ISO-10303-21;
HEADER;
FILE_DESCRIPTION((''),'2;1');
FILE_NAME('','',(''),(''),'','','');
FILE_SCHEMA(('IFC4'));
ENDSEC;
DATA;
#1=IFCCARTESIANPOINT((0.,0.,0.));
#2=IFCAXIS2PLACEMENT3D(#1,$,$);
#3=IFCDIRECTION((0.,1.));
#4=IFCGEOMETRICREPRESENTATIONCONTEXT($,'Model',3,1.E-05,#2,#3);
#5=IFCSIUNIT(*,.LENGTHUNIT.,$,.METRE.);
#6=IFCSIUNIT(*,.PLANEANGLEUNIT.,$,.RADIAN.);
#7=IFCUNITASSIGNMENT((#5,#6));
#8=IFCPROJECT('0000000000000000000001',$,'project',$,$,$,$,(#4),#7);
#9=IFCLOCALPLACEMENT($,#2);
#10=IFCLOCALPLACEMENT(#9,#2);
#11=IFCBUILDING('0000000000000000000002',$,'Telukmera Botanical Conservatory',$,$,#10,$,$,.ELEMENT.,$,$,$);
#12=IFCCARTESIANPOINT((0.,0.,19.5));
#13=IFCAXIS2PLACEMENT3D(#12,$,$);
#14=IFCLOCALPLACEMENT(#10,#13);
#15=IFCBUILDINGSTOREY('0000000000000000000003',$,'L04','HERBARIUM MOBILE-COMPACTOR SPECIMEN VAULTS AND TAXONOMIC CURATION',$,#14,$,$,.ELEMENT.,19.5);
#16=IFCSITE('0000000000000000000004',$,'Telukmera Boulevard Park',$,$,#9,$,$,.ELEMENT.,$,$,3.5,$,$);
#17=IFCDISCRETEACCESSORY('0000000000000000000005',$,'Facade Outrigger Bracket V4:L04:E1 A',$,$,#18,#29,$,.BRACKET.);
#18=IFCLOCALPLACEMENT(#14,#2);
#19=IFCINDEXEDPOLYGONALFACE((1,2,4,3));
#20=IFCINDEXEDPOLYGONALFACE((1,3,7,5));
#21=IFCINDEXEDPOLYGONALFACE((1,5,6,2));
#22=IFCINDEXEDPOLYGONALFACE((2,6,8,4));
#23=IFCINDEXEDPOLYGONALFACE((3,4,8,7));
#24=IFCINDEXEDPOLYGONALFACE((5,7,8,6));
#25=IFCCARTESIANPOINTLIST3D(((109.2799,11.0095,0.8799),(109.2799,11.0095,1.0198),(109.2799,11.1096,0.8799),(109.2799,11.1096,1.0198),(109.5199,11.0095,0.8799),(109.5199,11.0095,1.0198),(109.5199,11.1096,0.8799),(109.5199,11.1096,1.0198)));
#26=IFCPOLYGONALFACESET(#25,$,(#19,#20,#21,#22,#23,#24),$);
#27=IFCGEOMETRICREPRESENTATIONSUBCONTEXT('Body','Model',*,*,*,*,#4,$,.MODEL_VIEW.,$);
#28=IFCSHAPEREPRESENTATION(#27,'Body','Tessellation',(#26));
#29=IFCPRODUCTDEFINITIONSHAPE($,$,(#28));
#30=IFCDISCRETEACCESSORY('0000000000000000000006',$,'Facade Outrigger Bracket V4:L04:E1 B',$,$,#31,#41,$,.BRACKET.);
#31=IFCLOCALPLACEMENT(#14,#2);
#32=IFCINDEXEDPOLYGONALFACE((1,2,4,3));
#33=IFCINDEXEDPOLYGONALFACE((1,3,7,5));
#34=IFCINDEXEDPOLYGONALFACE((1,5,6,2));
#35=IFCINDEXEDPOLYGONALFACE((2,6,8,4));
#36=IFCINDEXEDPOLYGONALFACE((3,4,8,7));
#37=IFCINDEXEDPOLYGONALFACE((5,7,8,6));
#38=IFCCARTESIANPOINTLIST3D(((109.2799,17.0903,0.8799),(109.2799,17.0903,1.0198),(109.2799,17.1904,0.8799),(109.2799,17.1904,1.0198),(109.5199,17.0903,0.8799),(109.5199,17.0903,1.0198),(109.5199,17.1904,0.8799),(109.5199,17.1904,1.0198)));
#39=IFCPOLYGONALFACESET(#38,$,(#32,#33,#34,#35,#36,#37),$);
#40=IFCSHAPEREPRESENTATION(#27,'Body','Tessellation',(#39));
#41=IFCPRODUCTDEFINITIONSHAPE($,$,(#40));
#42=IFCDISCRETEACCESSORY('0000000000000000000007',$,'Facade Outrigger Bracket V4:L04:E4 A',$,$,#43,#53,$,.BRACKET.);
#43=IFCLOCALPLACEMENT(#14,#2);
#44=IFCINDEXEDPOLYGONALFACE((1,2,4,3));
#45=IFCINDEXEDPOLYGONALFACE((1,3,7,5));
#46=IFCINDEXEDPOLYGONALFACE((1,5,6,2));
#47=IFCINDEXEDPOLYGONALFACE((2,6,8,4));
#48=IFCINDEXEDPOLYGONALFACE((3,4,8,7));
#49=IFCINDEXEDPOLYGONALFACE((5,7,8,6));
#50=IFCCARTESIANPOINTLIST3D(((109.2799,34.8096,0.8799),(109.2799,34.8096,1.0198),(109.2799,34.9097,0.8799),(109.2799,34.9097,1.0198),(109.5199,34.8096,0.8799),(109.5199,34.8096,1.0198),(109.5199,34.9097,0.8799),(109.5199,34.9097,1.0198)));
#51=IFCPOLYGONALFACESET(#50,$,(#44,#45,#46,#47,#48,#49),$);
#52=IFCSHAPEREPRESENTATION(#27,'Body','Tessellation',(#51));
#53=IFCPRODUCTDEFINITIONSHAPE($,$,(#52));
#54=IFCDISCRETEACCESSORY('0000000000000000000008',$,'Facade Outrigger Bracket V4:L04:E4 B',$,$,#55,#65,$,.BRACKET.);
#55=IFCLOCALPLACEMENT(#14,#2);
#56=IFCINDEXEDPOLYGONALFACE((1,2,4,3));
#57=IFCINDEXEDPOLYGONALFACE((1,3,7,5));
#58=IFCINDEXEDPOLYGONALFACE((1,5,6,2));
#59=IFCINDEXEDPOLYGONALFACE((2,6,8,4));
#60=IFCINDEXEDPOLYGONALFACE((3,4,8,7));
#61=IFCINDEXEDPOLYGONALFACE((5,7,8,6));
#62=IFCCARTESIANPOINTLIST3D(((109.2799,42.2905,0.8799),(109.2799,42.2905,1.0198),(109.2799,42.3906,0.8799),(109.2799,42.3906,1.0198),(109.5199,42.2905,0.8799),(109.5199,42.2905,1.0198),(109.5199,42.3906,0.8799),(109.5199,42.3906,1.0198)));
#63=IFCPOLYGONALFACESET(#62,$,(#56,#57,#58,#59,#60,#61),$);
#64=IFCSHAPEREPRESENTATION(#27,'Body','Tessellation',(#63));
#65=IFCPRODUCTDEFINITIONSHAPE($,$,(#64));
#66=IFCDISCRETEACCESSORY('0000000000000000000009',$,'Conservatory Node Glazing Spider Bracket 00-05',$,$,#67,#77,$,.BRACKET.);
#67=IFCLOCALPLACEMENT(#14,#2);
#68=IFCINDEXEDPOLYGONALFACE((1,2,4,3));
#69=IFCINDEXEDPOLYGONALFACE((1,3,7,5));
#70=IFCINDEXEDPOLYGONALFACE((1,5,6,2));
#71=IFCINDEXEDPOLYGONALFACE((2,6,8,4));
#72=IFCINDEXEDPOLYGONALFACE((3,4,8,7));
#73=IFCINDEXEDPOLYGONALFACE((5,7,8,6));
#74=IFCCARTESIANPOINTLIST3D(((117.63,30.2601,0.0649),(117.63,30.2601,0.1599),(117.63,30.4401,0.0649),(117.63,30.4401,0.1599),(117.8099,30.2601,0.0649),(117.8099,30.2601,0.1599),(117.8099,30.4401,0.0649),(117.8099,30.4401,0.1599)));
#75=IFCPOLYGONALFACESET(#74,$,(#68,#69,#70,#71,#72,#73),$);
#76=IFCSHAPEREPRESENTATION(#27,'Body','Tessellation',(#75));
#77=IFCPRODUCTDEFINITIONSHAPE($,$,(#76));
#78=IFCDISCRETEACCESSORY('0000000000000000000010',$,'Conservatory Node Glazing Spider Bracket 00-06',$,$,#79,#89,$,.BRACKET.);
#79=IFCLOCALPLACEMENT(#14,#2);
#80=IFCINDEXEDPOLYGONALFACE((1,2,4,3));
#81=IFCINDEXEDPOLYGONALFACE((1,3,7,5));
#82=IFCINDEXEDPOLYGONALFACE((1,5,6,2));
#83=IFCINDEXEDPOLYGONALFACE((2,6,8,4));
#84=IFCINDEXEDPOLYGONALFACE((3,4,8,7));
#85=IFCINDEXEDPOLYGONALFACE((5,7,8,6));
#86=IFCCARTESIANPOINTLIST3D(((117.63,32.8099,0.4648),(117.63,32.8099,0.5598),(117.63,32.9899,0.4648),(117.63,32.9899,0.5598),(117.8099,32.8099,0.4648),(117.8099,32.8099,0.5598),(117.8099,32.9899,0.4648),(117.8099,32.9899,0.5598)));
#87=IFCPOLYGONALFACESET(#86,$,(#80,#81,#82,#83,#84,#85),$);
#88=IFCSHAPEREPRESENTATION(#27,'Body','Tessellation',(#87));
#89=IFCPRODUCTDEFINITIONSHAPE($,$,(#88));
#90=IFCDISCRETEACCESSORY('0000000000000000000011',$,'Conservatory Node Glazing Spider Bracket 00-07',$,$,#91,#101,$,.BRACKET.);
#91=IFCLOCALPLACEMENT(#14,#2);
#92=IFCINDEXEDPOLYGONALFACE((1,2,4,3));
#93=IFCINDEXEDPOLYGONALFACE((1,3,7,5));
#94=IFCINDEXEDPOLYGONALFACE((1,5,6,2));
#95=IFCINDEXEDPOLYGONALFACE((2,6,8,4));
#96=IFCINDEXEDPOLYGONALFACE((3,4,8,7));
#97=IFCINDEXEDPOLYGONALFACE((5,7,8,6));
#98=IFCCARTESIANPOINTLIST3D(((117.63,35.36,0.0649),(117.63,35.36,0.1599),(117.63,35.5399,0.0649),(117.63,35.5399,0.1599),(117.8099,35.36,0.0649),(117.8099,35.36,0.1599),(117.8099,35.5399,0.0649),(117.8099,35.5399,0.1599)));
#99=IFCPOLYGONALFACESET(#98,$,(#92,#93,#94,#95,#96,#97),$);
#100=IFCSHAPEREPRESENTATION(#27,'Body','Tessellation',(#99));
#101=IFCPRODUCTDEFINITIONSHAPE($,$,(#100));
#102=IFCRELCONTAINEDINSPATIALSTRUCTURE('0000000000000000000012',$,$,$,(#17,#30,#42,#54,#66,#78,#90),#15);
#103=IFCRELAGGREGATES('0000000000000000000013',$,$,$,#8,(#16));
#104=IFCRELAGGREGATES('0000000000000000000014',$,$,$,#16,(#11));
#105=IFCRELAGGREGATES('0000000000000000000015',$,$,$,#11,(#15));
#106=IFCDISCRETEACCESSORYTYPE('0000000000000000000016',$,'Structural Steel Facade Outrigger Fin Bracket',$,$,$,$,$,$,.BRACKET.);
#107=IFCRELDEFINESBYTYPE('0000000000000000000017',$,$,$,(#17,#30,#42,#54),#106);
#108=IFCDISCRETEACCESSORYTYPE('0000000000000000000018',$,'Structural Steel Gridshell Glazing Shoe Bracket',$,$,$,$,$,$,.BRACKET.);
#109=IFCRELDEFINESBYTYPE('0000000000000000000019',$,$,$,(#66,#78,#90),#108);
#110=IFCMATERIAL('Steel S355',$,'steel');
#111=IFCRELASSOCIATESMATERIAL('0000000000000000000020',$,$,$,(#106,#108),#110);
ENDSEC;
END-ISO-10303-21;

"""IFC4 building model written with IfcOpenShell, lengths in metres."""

from ifc_helpers import new_model, si_unit, direction, frame, origin, origin_2d, place, context, subcontext, project, spatial, rectangle, extrude, material, type_object, element, save


model = new_model("IFC4")

# Units and contexts
model_context = context("Model", 3, precision=1e-05, world=origin(), true_north=direction((0.0, 1.0)))
body_context = subcontext(model_context, "Body", "Model", "MODEL_VIEW")
ifc_project = project(units=[si_unit("LENGTHUNIT", "METRE"), si_unit("PLANEANGLEUNIT", "RADIAN")], contexts=[model_context])

# Site, building, storey
site_placement = place(None, origin())
site = spatial("IfcSite", under=ifc_project, at=site_placement, Name="Telukmera Boulevard Park", CompositionType="ELEMENT", RefElevation=3.5)
building_placement = place(site_placement, origin())
building = spatial("IfcBuilding", under=site, at=building_placement, Name="Telukmera Botanical Conservatory", CompositionType="ELEMENT")
storey_placement = place(building_placement, frame((0.0, 0.0, 19.5)))
storey = spatial("IfcBuildingStorey", under=building, at=storey_placement, Name="L04", Description="HERBARIUM MOBILE-COMPACTOR SPECIMEN VAULTS AND TAXONOMIC CURATION", CompositionType="ELEMENT", Elevation=19.5)

# Discrete accessories
ifc_material_1 = material(Name="Steel S355", Category="steel")
discrete_accessory_type_1 = type_object("IfcDiscreteAccessoryType", Name="Structural Steel Facade Outrigger Fin Bracket", PredefinedType="BRACKET", material=ifc_material_1)
for number, where, z_axis, x_axis, name in (
    (1, (109.3999, 11.0596, 0.8799), (0.0, 0.0, 1.0), (0.0, 1.0, 0.0), "Facade Outrigger Bracket V4:L04:E1 A"),
    (2, (109.3999, 17.1404, 0.8799), (0.0, 0.0, 1.0), (0.0, 1.0, 0.0), "Facade Outrigger Bracket V4:L04:E1 B"),
    (3, (109.3999, 34.8596, 0.8799), (0.0, 0.0, 1.0), (0.0, 1.0, 0.0), "Facade Outrigger Bracket V4:L04:E4 A"),
    (4, (109.3999, 42.3406, 0.8799), (0.0, 0.0, 1.0), (0.0, 1.0, 0.0), "Facade Outrigger Bracket V4:L04:E4 B"),
):
    element("IfcDiscreteAccessory", number, at=place(storey_placement, frame(where, z_axis=z_axis, x_axis=x_axis)), inside=storey, type_object=discrete_accessory_type_1, Name=name, PredefinedType="BRACKET", context=body_context, shape_type="SweptSolid", body=[
        extrude(rectangle(XDim=0.1001, YDim=0.24, at=origin_2d()), origin(), (0.0, 0.0, 1.0), 0.1399),
    ])
discrete_accessory_type_2 = type_object("IfcDiscreteAccessoryType", Name="Structural Steel Gridshell Glazing Shoe Bracket", PredefinedType="BRACKET", material=ifc_material_1)
for number, where, z_axis, x_axis, name in (
    (5, (117.72, 30.3501, 0.0649), (0.0, 0.0, 1.0), (1.0, 0.0, 0.0), "Conservatory Node Glazing Spider Bracket 00-05"),
    (6, (117.72, 32.8999, 0.4648), (0.0, 0.0, 1.0), (1.0, 0.0, 0.0), "Conservatory Node Glazing Spider Bracket 00-06"),
    (7, (117.72, 35.45, 0.0649), (0.0, 0.0, 1.0), (1.0, 0.0, 0.0), "Conservatory Node Glazing Spider Bracket 00-07"),
):
    element("IfcDiscreteAccessory", number, at=place(storey_placement, frame(where, z_axis=z_axis, x_axis=x_axis)), inside=storey, type_object=discrete_accessory_type_2, Name=name, PredefinedType="BRACKET", context=body_context, shape_type="SweptSolid", body=[
        extrude(rectangle(XDim=0.1799, YDim=0.1799, at=origin_2d()), origin(), (0.0, 0.0, 1.0), 0.095),
    ])

save(model, "model.ifc")
